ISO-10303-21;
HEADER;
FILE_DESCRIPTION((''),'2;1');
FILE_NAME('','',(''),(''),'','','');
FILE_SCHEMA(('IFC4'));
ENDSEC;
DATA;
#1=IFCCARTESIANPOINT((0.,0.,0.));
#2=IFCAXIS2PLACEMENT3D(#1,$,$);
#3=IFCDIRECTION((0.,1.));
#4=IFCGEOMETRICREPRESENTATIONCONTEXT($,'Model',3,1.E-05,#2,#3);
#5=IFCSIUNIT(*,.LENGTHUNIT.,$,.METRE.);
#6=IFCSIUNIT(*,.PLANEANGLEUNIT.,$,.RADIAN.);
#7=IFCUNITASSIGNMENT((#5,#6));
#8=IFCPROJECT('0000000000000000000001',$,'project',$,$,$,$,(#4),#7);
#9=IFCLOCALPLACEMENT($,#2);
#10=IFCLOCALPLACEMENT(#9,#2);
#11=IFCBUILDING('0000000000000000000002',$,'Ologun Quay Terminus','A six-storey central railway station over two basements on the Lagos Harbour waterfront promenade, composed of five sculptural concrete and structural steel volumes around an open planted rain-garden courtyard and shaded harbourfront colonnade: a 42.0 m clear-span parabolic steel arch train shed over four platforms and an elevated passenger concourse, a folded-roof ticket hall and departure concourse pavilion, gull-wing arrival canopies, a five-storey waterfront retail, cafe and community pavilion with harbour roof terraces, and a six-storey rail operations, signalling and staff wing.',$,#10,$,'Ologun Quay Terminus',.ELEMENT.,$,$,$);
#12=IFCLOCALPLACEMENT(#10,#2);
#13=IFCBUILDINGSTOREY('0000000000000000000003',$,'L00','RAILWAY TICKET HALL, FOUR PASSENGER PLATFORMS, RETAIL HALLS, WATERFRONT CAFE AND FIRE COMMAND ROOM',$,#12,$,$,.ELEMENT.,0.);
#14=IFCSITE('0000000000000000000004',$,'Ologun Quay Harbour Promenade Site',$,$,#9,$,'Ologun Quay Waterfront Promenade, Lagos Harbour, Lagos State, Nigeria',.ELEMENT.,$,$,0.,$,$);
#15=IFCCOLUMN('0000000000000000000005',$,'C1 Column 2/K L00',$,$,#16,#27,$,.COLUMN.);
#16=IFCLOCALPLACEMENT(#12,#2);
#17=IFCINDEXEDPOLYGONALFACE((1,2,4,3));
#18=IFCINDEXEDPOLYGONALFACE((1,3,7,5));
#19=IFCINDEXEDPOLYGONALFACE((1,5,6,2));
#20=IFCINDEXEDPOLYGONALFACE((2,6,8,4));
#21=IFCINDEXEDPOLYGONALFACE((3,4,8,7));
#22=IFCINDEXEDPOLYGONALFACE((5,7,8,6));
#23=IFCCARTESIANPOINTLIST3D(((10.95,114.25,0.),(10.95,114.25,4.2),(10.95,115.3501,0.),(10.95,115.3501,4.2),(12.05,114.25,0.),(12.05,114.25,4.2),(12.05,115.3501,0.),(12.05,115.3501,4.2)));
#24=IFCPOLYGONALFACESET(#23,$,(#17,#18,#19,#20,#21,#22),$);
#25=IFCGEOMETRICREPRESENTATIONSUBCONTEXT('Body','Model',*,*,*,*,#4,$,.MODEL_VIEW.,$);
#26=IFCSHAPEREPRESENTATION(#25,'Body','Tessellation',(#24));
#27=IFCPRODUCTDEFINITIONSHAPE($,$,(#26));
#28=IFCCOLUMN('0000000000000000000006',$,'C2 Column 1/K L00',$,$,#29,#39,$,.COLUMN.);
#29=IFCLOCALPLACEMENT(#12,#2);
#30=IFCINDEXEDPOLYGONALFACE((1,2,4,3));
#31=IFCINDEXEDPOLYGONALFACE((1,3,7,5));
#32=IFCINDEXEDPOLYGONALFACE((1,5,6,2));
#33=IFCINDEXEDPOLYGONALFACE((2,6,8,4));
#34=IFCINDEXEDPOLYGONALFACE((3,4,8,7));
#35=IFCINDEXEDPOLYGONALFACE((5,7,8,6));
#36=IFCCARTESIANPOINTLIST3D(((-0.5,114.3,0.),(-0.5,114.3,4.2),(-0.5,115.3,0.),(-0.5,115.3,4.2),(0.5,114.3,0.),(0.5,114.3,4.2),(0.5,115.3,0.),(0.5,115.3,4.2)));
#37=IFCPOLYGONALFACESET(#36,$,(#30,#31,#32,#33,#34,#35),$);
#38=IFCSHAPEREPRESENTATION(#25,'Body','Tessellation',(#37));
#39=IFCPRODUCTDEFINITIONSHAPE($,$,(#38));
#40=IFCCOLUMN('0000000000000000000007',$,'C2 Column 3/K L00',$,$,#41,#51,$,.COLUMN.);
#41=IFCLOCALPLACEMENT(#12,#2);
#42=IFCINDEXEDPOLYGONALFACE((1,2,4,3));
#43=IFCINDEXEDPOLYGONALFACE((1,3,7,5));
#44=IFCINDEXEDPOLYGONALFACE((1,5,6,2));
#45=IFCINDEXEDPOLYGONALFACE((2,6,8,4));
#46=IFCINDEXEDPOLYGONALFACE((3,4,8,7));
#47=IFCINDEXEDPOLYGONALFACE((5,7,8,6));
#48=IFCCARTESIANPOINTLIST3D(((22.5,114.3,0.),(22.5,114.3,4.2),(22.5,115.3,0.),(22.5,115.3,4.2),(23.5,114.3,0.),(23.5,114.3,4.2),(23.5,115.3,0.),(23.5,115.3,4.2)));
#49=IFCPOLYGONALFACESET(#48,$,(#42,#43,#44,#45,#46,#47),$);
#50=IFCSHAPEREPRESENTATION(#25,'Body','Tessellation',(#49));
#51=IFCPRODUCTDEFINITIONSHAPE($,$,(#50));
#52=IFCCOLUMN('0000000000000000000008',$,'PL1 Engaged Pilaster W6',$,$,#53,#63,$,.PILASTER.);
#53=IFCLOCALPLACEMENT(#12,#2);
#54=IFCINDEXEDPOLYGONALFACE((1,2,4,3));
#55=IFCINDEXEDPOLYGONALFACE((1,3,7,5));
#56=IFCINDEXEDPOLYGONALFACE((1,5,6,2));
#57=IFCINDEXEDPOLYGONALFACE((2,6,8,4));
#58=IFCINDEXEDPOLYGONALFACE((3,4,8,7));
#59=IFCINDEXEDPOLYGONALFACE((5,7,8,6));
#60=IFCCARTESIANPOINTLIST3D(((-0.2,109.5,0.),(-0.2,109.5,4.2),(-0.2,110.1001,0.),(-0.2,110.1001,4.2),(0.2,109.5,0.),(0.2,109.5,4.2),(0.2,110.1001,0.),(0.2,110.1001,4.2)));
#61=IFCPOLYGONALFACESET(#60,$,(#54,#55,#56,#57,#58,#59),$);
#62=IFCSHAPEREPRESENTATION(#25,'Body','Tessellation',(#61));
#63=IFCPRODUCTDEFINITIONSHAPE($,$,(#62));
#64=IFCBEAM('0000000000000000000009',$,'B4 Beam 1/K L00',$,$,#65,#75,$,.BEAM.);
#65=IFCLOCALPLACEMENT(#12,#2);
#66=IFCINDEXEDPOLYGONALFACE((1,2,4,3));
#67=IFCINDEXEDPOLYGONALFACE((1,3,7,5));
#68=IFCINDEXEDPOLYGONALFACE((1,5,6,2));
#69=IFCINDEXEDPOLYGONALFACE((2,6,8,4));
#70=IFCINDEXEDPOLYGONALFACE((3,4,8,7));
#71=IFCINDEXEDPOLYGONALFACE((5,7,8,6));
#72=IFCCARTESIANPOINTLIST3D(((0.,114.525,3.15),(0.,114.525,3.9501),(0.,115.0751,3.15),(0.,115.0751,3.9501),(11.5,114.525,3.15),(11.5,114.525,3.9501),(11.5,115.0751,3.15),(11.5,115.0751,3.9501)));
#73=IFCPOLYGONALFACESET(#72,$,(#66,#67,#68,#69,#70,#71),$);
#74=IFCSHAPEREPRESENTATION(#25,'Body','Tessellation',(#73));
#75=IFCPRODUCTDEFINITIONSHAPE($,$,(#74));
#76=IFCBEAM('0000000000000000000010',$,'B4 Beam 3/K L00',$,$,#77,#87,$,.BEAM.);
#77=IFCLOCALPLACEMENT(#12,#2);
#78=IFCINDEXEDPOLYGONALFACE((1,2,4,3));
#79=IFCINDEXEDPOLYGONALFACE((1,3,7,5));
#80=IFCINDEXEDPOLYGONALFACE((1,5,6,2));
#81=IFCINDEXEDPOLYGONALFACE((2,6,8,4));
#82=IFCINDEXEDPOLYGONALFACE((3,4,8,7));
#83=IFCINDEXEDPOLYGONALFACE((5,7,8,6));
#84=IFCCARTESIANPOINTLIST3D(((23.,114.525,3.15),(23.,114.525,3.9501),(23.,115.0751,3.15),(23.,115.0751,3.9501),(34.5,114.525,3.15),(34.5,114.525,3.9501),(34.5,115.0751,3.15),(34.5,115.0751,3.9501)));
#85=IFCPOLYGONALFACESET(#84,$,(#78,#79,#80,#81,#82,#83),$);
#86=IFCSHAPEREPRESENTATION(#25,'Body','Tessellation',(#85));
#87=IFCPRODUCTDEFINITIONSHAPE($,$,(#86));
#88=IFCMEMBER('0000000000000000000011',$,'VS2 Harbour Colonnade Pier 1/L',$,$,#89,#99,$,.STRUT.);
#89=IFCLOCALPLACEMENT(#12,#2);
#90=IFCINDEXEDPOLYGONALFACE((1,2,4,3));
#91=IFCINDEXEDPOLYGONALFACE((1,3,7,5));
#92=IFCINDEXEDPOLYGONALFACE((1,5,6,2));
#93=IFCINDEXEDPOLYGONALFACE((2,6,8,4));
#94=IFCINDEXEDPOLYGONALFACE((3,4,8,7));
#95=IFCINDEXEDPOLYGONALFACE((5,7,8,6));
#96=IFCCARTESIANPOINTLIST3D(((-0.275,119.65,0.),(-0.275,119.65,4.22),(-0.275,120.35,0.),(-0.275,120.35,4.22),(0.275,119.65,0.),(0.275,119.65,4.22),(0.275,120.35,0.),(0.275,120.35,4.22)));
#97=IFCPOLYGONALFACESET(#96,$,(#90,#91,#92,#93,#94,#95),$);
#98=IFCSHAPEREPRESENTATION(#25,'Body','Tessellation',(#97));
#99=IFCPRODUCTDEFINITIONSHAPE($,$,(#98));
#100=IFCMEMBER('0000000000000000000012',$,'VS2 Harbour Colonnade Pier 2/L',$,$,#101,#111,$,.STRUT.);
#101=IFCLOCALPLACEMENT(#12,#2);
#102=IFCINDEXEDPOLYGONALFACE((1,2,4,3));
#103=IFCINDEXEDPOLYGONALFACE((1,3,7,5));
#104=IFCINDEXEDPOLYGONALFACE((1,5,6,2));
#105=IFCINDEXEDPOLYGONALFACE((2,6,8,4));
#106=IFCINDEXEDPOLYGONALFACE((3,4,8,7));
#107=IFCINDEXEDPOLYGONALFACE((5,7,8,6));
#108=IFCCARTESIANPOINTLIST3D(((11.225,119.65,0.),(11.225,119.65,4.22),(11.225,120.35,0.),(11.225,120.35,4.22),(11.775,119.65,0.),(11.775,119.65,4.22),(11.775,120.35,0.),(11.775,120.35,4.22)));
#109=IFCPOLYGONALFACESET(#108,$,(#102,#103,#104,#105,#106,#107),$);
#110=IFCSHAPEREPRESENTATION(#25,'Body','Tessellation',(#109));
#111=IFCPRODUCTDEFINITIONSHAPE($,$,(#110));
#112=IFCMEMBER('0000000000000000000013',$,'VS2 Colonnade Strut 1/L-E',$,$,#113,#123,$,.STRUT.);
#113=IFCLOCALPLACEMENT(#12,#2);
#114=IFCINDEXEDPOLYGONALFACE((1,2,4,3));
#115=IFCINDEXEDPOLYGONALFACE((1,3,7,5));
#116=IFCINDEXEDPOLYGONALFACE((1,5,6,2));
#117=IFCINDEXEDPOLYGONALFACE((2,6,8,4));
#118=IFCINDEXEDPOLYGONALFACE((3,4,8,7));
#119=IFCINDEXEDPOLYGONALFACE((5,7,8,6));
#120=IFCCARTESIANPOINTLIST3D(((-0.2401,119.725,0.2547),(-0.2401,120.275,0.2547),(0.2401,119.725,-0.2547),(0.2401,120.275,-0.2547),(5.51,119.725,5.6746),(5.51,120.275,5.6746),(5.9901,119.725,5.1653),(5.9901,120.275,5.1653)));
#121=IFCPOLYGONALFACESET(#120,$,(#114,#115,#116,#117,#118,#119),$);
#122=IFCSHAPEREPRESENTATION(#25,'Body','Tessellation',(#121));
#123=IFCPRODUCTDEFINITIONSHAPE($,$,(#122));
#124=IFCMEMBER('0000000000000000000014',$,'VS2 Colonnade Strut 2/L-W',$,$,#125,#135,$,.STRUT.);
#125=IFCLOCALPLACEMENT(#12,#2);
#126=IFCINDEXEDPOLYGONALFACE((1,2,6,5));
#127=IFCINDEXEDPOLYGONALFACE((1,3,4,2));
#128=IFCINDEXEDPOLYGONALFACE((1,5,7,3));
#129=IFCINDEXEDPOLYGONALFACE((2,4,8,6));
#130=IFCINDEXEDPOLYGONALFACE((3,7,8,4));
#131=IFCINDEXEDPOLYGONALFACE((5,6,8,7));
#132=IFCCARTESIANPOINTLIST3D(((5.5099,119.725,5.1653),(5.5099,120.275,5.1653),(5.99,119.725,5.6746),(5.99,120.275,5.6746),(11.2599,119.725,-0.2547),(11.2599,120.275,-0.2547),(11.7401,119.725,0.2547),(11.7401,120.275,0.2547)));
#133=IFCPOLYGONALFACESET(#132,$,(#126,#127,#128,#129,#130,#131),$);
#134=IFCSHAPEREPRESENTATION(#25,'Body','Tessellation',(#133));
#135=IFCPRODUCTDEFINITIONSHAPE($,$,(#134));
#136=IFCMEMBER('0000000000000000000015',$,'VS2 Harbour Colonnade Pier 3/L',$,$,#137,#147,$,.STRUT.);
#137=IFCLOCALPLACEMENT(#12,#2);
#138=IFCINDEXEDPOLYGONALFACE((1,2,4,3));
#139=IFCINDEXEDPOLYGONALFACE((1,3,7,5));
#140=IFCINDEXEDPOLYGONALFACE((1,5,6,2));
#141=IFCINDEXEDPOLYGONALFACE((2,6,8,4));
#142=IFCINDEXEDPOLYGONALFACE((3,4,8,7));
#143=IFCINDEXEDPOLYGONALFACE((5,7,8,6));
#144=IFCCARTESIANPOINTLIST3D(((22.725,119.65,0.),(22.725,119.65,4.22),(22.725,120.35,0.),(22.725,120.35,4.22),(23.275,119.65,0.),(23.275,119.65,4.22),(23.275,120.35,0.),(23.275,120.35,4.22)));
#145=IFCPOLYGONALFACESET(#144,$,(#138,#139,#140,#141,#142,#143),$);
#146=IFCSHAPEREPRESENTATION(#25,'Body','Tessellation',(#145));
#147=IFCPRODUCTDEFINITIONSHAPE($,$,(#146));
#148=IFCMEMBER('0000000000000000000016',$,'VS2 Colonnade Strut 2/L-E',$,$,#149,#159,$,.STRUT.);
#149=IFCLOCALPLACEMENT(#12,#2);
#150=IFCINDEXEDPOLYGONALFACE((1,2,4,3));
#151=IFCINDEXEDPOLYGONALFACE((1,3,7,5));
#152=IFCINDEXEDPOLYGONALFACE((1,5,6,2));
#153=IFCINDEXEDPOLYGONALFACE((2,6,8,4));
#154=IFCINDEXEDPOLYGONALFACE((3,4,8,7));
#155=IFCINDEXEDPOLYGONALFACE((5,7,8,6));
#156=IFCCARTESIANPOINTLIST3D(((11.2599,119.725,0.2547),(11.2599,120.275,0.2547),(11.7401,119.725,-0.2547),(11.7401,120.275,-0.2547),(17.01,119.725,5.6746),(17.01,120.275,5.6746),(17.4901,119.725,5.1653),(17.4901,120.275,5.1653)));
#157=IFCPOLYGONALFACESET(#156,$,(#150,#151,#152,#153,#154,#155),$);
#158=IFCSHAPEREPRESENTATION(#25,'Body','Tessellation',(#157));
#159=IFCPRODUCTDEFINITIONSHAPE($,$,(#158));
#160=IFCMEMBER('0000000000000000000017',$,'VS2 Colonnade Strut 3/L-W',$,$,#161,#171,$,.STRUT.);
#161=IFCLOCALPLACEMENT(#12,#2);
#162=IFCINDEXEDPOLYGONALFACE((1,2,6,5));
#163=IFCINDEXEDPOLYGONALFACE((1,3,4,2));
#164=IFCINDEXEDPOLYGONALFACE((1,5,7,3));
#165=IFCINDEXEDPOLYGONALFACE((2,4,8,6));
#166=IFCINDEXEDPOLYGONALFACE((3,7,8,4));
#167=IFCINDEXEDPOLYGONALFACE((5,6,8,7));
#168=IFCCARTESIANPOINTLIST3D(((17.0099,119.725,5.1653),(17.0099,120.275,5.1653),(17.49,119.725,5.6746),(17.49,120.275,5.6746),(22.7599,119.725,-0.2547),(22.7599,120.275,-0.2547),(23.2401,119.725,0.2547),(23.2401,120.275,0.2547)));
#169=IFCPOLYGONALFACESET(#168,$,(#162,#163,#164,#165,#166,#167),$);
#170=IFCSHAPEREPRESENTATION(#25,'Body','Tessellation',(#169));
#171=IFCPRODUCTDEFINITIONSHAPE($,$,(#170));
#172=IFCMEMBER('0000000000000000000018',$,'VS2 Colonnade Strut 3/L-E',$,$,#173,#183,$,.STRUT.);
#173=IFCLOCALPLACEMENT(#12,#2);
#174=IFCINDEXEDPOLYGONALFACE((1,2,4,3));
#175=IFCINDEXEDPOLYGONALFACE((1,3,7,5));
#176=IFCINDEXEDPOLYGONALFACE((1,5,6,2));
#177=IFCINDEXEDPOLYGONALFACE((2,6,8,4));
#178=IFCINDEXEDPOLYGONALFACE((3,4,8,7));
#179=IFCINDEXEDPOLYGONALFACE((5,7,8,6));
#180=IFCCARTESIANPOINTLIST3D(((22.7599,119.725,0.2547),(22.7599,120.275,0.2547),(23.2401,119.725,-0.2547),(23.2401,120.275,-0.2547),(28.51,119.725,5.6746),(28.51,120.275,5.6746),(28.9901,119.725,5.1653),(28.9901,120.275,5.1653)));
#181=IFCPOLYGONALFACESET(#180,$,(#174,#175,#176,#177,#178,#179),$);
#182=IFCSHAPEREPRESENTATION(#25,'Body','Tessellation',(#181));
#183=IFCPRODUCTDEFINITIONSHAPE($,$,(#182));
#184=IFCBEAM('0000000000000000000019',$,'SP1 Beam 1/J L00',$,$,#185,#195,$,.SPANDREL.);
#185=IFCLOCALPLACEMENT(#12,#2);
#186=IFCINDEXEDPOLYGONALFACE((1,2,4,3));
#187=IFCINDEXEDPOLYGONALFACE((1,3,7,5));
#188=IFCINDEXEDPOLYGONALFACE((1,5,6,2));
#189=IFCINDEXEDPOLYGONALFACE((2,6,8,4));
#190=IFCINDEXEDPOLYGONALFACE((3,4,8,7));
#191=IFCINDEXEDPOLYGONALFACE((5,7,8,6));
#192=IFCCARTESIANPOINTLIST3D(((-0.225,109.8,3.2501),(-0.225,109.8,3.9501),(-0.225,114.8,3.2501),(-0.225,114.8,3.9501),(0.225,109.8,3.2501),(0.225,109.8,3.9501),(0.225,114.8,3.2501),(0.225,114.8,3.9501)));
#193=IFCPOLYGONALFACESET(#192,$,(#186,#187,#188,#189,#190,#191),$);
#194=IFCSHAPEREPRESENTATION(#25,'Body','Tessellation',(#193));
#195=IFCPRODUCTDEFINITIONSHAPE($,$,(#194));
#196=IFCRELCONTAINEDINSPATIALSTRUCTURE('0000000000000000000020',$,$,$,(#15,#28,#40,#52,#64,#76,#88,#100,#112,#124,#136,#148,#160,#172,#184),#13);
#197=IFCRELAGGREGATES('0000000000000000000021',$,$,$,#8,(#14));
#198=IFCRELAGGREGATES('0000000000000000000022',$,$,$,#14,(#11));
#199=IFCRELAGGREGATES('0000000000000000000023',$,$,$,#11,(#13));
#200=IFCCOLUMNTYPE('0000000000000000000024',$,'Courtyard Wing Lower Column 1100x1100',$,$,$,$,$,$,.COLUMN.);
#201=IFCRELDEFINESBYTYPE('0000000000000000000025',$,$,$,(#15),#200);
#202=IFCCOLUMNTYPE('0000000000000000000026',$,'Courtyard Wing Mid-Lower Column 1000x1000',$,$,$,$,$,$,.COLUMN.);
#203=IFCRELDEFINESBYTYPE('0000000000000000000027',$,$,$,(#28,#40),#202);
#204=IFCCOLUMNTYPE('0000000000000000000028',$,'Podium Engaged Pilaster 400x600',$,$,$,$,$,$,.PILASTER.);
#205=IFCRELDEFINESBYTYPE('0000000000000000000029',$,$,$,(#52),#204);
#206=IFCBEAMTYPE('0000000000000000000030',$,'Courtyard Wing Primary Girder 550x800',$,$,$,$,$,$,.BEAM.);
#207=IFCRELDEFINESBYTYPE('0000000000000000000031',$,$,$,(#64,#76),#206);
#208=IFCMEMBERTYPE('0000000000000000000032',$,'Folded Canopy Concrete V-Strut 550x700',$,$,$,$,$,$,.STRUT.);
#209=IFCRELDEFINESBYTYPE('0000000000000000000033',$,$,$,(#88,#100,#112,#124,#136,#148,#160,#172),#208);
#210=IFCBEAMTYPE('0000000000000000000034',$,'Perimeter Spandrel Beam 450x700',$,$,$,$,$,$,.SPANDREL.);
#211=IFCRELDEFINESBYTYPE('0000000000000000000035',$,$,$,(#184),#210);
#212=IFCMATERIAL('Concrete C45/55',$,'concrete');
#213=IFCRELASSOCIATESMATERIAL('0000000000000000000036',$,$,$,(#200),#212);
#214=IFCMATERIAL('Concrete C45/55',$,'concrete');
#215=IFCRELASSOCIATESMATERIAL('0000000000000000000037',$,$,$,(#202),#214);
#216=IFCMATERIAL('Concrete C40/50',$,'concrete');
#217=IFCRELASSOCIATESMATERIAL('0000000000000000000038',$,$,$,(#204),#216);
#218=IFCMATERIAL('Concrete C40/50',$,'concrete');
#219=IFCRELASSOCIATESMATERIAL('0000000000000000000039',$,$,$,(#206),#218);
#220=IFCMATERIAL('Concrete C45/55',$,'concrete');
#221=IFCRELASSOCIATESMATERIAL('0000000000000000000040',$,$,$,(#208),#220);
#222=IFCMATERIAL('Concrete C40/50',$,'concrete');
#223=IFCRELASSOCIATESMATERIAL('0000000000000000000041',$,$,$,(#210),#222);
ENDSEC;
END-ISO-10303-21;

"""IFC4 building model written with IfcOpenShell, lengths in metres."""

from ifc_helpers import new_model, si_unit, direction, frame, origin, origin_2d, place, context, subcontext, project, spatial, rectangle, extrude, material, material_profile, profile_set, type_object, element, save


model = new_model("IFC4")

# Units and contexts
model_context = context("Model", 3, precision=1e-05, world=origin(), true_north=direction((0.0, 1.0)))
body_context = subcontext(model_context, "Body", "Model", "MODEL_VIEW")
ifc_project = project(units=[si_unit("LENGTHUNIT", "METRE"), si_unit("PLANEANGLEUNIT", "RADIAN")], contexts=[model_context])

# Site, building, storey
site_placement = place(None, origin())
site = spatial("IfcSite", under=ifc_project, at=site_placement, Name="Ologun Quay Harbour Promenade Site", LongName="Ologun Quay Waterfront Promenade, Lagos Harbour, Lagos State, Nigeria", CompositionType="ELEMENT", RefElevation=0.0)
building_placement = place(site_placement, origin())
building = spatial("IfcBuilding", under=site, at=building_placement, Name="Ologun Quay Terminus", Description="A six-storey central railway station over two basements on the Lagos Harbour waterfront promenade, composed of five sculptural concrete and structural steel volumes around an open planted rain-garden courtyard and shaded harbourfront colonnade: a 42.0 m clear-span parabolic steel arch train shed over four platforms and an elevated passenger concourse, a folded-roof ticket hall and departure concourse pavilion, gull-wing arrival canopies, a five-storey waterfront retail, cafe and community pavilion with harbour roof terraces, and a six-storey rail operations, signalling and staff wing.", LongName="Ologun Quay Terminus", CompositionType="ELEMENT")
storey_placement = place(building_placement, origin())
storey = spatial("IfcBuildingStorey", under=building, at=storey_placement, Name="L00", Description="RAILWAY TICKET HALL, FOUR PASSENGER PLATFORMS, RETAIL HALLS, WATERFRONT CAFE AND FIRE COMMAND ROOM", CompositionType="ELEMENT", Elevation=0.0)

# Columns
ifc_material_1 = material(Name="Concrete C45/55", Category="concrete")
ifc_material_profile_1 = material_profile(ifc_material_1, rectangle(XDim=1.1001, YDim=1.1001, at=origin_2d()), Name="RC 1100x1100")
ifc_profile_set_1 = profile_set([ifc_material_profile_1], Name="Concrete C45/55")
column_type_1 = type_object("IfcColumnType", Name="Courtyard Wing Lower Column 1100x1100", PredefinedType="COLUMN", material=ifc_profile_set_1)
column_1_placement = place(storey_placement, frame((11.5, 114.8, 0.0), z_axis=(0.0, 0.0, 1.0), x_axis=(1.0, 0.0, 0.0)))
element("IfcColumn", 1, at=column_1_placement, inside=storey, type_object=column_type_1, Name="C1 Column 2/K L00", PredefinedType="COLUMN", context=body_context, shape_type="SweptSolid", body=[
    extrude(rectangle(XDim=1.1001, YDim=1.1001, at=origin_2d()), origin(), (0.0, 0.0, 1.0), 4.2),
])
ifc_material_2 = material(Name="Concrete C45/55", Category="concrete")
ifc_material_profile_2 = material_profile(ifc_material_2, rectangle(XDim=1.0, YDim=1.0, at=origin_2d()), Name="RC 1000x1000")
ifc_profile_set_2 = profile_set([ifc_material_profile_2], Name="Concrete C45/55")
column_type_2 = type_object("IfcColumnType", Name="Courtyard Wing Mid-Lower Column 1000x1000", PredefinedType="COLUMN", material=ifc_profile_set_2)
for number, where, z_axis, x_axis, name in (
    (2, (0.0, 114.8, 0.0), (0.0, 0.0, 1.0), (1.0, 0.0, 0.0), "C2 Column 1/K L00"),
    (3, (23.0, 114.8, 0.0), (0.0, 0.0, 1.0), (1.0, 0.0, 0.0), "C2 Column 3/K L00"),
):
    element("IfcColumn", number, at=place(storey_placement, frame(where, z_axis=z_axis, x_axis=x_axis)), inside=storey, type_object=column_type_2, Name=name, PredefinedType="COLUMN", context=body_context, shape_type="SweptSolid", body=[
        extrude(rectangle(XDim=1.0, YDim=1.0, at=origin_2d()), origin(), (0.0, 0.0, 1.0), 4.2),
    ])
ifc_material_3 = material(Name="Concrete C40/50", Category="concrete")
ifc_material_profile_3 = material_profile(ifc_material_3, rectangle(XDim=0.3999, YDim=0.6001, at=origin_2d()), Name="RC 400x600")
ifc_profile_set_3 = profile_set([ifc_material_profile_3], Name="Concrete C40/50")
column_type_3 = type_object("IfcColumnType", Name="Podium Engaged Pilaster 400x600", PredefinedType="PILASTER", material=ifc_profile_set_3)
column_2_placement = place(storey_placement, frame((0.0, 109.8, 0.0), z_axis=(0.0, 0.0, 1.0), x_axis=(1.0, 0.0, 0.0)))
element("IfcColumn", 4, at=column_2_placement, inside=storey, type_object=column_type_3, Name="PL1 Engaged Pilaster W6", PredefinedType="PILASTER", context=body_context, shape_type="SweptSolid", body=[
    extrude(rectangle(XDim=0.3999, YDim=0.6001, at=origin_2d()), origin(), (0.0, 0.0, 1.0), 4.2),
])

# Beams
ifc_material_4 = material(Name="Concrete C40/50", Category="concrete")
ifc_material_profile_4 = material_profile(ifc_material_4, rectangle(XDim=0.55, YDim=0.8, at=origin_2d()), Name="RC 550x800")
ifc_profile_set_4 = profile_set([ifc_material_profile_4], Name="Concrete C40/50")
beam_type_1 = type_object("IfcBeamType", Name="Courtyard Wing Primary Girder 550x800", PredefinedType="BEAM", material=ifc_profile_set_4)
for number, where, z_axis, x_axis, name in (
    (5, (0.0, 114.8, 3.55), (1.0, 0.0, 0.0), (0.0, 1.0, 0.0), "B4 Beam 1/K L00"),
    (6, (23.0, 114.8, 3.55), (1.0, 0.0, 0.0), (0.0, 1.0, 0.0), "B4 Beam 3/K L00"),
):
    element("IfcBeam", number, at=place(storey_placement, frame(where, z_axis=z_axis, x_axis=x_axis)), inside=storey, type_object=beam_type_1, Name=name, PredefinedType="BEAM", context=body_context, shape_type="SweptSolid", body=[
        extrude(rectangle(XDim=0.55, YDim=0.8, at=origin_2d()), origin(), (0.0, 0.0, 1.0), 11.5),
    ])

# Members
ifc_material_5 = material(Name="Concrete C45/55", Category="concrete")
ifc_material_profile_5 = material_profile(ifc_material_5, rectangle(XDim=0.55, YDim=0.7, at=origin_2d()), Name="RC 550x700")
ifc_profile_set_5 = profile_set([ifc_material_profile_5], Name="Concrete C45/55")
member_type = type_object("IfcMemberType", Name="Folded Canopy Concrete V-Strut 550x700", PredefinedType="STRUT", material=ifc_profile_set_5)
for number, where, z_axis, x_axis, name in (
    (7, (0.0, 120.0, 0.0), (0.0, 0.0, 1.0), (1.0, 0.0, 0.0), "VS2 Harbour Colonnade Pier 1/L"),
    (8, (11.5, 120.0, 0.0), (0.0, 0.0, 1.0), (1.0, 0.0, 0.0), "VS2 Harbour Colonnade Pier 2/L"),
):
    element("IfcMember", number, at=place(storey_placement, frame(where, z_axis=z_axis, x_axis=x_axis)), inside=storey, type_object=member_type, Name=name, PredefinedType="STRUT", context=body_context, shape_type="SweptSolid", body=[
        extrude(rectangle(XDim=0.55, YDim=0.7, at=origin_2d()), origin(), (0.0, 0.0, 1.0), 4.22),
    ])
for number, where, z_axis, x_axis, name in (
    (9, (0.0, 120.0, 0.0), (0.727685, 0.0, 0.685912), (0.0, 1.0, 0.0), "VS2 Colonnade Strut 1/L-E"),
    (10, (11.5, 120.0, 0.0), (-0.727685, 0.0, 0.685912), (0.0, -1.0, 0.0), "VS2 Colonnade Strut 2/L-W"),
):
    element("IfcMember", number, at=place(storey_placement, frame(where, z_axis=z_axis, x_axis=x_axis)), inside=storey, type_object=member_type, Name=name, PredefinedType="STRUT", context=body_context, shape_type="SweptSolid", body=[
        extrude(rectangle(XDim=0.55, YDim=0.7, at=origin_2d()), origin(), (0.0, 0.0, 1.0), 7.9019),
    ])
member_placement = place(storey_placement, frame((23.0, 120.0, 0.0), z_axis=(0.0, 0.0, 1.0), x_axis=(1.0, 0.0, 0.0)))
element("IfcMember", 11, at=member_placement, inside=storey, type_object=member_type, Name="VS2 Harbour Colonnade Pier 3/L", PredefinedType="STRUT", context=body_context, shape_type="SweptSolid", body=[
    extrude(rectangle(XDim=0.55, YDim=0.7, at=origin_2d()), origin(), (0.0, 0.0, 1.0), 4.22),
])
for number, where, z_axis, x_axis, name in (
    (12, (11.5, 120.0, 0.0), (0.727685, 0.0, 0.685912), (0.0, 1.0, 0.0), "VS2 Colonnade Strut 2/L-E"),
    (13, (23.0, 120.0, 0.0), (-0.727685, 0.0, 0.685912), (0.0, -1.0, 0.0), "VS2 Colonnade Strut 3/L-W"),
    (14, (23.0, 120.0, 0.0), (0.727685, 0.0, 0.685912), (0.0, 1.0, 0.0), "VS2 Colonnade Strut 3/L-E"),
):
    element("IfcMember", number, at=place(storey_placement, frame(where, z_axis=z_axis, x_axis=x_axis)), inside=storey, type_object=member_type, Name=name, PredefinedType="STRUT", context=body_context, shape_type="SweptSolid", body=[
        extrude(rectangle(XDim=0.55, YDim=0.7, at=origin_2d()), origin(), (0.0, 0.0, 1.0), 7.9019),
    ])

# Beam
ifc_material_6 = material(Name="Concrete C40/50", Category="concrete")
ifc_material_profile_6 = material_profile(ifc_material_6, rectangle(XDim=0.45, YDim=0.7, at=origin_2d()), Name="RC 450x700")
ifc_profile_set_6 = profile_set([ifc_material_profile_6], Name="Concrete C40/50")
beam_type_2 = type_object("IfcBeamType", Name="Perimeter Spandrel Beam 450x700", PredefinedType="SPANDREL", material=ifc_profile_set_6)
beam_placement = place(storey_placement, frame((0.0, 109.8, 3.6001), z_axis=(0.0, 1.0, 0.0), x_axis=(-1.0, 0.0, 0.0)))
element("IfcBeam", 15, at=beam_placement, inside=storey, type_object=beam_type_2, Name="SP1 Beam 1/J L00", PredefinedType="SPANDREL", context=body_context, shape_type="SweptSolid", body=[
    extrude(rectangle(XDim=0.45, YDim=0.7, at=origin_2d()), origin(), (0.0, 0.0, 1.0), 5.0),
])

save(model, "model.ifc")
